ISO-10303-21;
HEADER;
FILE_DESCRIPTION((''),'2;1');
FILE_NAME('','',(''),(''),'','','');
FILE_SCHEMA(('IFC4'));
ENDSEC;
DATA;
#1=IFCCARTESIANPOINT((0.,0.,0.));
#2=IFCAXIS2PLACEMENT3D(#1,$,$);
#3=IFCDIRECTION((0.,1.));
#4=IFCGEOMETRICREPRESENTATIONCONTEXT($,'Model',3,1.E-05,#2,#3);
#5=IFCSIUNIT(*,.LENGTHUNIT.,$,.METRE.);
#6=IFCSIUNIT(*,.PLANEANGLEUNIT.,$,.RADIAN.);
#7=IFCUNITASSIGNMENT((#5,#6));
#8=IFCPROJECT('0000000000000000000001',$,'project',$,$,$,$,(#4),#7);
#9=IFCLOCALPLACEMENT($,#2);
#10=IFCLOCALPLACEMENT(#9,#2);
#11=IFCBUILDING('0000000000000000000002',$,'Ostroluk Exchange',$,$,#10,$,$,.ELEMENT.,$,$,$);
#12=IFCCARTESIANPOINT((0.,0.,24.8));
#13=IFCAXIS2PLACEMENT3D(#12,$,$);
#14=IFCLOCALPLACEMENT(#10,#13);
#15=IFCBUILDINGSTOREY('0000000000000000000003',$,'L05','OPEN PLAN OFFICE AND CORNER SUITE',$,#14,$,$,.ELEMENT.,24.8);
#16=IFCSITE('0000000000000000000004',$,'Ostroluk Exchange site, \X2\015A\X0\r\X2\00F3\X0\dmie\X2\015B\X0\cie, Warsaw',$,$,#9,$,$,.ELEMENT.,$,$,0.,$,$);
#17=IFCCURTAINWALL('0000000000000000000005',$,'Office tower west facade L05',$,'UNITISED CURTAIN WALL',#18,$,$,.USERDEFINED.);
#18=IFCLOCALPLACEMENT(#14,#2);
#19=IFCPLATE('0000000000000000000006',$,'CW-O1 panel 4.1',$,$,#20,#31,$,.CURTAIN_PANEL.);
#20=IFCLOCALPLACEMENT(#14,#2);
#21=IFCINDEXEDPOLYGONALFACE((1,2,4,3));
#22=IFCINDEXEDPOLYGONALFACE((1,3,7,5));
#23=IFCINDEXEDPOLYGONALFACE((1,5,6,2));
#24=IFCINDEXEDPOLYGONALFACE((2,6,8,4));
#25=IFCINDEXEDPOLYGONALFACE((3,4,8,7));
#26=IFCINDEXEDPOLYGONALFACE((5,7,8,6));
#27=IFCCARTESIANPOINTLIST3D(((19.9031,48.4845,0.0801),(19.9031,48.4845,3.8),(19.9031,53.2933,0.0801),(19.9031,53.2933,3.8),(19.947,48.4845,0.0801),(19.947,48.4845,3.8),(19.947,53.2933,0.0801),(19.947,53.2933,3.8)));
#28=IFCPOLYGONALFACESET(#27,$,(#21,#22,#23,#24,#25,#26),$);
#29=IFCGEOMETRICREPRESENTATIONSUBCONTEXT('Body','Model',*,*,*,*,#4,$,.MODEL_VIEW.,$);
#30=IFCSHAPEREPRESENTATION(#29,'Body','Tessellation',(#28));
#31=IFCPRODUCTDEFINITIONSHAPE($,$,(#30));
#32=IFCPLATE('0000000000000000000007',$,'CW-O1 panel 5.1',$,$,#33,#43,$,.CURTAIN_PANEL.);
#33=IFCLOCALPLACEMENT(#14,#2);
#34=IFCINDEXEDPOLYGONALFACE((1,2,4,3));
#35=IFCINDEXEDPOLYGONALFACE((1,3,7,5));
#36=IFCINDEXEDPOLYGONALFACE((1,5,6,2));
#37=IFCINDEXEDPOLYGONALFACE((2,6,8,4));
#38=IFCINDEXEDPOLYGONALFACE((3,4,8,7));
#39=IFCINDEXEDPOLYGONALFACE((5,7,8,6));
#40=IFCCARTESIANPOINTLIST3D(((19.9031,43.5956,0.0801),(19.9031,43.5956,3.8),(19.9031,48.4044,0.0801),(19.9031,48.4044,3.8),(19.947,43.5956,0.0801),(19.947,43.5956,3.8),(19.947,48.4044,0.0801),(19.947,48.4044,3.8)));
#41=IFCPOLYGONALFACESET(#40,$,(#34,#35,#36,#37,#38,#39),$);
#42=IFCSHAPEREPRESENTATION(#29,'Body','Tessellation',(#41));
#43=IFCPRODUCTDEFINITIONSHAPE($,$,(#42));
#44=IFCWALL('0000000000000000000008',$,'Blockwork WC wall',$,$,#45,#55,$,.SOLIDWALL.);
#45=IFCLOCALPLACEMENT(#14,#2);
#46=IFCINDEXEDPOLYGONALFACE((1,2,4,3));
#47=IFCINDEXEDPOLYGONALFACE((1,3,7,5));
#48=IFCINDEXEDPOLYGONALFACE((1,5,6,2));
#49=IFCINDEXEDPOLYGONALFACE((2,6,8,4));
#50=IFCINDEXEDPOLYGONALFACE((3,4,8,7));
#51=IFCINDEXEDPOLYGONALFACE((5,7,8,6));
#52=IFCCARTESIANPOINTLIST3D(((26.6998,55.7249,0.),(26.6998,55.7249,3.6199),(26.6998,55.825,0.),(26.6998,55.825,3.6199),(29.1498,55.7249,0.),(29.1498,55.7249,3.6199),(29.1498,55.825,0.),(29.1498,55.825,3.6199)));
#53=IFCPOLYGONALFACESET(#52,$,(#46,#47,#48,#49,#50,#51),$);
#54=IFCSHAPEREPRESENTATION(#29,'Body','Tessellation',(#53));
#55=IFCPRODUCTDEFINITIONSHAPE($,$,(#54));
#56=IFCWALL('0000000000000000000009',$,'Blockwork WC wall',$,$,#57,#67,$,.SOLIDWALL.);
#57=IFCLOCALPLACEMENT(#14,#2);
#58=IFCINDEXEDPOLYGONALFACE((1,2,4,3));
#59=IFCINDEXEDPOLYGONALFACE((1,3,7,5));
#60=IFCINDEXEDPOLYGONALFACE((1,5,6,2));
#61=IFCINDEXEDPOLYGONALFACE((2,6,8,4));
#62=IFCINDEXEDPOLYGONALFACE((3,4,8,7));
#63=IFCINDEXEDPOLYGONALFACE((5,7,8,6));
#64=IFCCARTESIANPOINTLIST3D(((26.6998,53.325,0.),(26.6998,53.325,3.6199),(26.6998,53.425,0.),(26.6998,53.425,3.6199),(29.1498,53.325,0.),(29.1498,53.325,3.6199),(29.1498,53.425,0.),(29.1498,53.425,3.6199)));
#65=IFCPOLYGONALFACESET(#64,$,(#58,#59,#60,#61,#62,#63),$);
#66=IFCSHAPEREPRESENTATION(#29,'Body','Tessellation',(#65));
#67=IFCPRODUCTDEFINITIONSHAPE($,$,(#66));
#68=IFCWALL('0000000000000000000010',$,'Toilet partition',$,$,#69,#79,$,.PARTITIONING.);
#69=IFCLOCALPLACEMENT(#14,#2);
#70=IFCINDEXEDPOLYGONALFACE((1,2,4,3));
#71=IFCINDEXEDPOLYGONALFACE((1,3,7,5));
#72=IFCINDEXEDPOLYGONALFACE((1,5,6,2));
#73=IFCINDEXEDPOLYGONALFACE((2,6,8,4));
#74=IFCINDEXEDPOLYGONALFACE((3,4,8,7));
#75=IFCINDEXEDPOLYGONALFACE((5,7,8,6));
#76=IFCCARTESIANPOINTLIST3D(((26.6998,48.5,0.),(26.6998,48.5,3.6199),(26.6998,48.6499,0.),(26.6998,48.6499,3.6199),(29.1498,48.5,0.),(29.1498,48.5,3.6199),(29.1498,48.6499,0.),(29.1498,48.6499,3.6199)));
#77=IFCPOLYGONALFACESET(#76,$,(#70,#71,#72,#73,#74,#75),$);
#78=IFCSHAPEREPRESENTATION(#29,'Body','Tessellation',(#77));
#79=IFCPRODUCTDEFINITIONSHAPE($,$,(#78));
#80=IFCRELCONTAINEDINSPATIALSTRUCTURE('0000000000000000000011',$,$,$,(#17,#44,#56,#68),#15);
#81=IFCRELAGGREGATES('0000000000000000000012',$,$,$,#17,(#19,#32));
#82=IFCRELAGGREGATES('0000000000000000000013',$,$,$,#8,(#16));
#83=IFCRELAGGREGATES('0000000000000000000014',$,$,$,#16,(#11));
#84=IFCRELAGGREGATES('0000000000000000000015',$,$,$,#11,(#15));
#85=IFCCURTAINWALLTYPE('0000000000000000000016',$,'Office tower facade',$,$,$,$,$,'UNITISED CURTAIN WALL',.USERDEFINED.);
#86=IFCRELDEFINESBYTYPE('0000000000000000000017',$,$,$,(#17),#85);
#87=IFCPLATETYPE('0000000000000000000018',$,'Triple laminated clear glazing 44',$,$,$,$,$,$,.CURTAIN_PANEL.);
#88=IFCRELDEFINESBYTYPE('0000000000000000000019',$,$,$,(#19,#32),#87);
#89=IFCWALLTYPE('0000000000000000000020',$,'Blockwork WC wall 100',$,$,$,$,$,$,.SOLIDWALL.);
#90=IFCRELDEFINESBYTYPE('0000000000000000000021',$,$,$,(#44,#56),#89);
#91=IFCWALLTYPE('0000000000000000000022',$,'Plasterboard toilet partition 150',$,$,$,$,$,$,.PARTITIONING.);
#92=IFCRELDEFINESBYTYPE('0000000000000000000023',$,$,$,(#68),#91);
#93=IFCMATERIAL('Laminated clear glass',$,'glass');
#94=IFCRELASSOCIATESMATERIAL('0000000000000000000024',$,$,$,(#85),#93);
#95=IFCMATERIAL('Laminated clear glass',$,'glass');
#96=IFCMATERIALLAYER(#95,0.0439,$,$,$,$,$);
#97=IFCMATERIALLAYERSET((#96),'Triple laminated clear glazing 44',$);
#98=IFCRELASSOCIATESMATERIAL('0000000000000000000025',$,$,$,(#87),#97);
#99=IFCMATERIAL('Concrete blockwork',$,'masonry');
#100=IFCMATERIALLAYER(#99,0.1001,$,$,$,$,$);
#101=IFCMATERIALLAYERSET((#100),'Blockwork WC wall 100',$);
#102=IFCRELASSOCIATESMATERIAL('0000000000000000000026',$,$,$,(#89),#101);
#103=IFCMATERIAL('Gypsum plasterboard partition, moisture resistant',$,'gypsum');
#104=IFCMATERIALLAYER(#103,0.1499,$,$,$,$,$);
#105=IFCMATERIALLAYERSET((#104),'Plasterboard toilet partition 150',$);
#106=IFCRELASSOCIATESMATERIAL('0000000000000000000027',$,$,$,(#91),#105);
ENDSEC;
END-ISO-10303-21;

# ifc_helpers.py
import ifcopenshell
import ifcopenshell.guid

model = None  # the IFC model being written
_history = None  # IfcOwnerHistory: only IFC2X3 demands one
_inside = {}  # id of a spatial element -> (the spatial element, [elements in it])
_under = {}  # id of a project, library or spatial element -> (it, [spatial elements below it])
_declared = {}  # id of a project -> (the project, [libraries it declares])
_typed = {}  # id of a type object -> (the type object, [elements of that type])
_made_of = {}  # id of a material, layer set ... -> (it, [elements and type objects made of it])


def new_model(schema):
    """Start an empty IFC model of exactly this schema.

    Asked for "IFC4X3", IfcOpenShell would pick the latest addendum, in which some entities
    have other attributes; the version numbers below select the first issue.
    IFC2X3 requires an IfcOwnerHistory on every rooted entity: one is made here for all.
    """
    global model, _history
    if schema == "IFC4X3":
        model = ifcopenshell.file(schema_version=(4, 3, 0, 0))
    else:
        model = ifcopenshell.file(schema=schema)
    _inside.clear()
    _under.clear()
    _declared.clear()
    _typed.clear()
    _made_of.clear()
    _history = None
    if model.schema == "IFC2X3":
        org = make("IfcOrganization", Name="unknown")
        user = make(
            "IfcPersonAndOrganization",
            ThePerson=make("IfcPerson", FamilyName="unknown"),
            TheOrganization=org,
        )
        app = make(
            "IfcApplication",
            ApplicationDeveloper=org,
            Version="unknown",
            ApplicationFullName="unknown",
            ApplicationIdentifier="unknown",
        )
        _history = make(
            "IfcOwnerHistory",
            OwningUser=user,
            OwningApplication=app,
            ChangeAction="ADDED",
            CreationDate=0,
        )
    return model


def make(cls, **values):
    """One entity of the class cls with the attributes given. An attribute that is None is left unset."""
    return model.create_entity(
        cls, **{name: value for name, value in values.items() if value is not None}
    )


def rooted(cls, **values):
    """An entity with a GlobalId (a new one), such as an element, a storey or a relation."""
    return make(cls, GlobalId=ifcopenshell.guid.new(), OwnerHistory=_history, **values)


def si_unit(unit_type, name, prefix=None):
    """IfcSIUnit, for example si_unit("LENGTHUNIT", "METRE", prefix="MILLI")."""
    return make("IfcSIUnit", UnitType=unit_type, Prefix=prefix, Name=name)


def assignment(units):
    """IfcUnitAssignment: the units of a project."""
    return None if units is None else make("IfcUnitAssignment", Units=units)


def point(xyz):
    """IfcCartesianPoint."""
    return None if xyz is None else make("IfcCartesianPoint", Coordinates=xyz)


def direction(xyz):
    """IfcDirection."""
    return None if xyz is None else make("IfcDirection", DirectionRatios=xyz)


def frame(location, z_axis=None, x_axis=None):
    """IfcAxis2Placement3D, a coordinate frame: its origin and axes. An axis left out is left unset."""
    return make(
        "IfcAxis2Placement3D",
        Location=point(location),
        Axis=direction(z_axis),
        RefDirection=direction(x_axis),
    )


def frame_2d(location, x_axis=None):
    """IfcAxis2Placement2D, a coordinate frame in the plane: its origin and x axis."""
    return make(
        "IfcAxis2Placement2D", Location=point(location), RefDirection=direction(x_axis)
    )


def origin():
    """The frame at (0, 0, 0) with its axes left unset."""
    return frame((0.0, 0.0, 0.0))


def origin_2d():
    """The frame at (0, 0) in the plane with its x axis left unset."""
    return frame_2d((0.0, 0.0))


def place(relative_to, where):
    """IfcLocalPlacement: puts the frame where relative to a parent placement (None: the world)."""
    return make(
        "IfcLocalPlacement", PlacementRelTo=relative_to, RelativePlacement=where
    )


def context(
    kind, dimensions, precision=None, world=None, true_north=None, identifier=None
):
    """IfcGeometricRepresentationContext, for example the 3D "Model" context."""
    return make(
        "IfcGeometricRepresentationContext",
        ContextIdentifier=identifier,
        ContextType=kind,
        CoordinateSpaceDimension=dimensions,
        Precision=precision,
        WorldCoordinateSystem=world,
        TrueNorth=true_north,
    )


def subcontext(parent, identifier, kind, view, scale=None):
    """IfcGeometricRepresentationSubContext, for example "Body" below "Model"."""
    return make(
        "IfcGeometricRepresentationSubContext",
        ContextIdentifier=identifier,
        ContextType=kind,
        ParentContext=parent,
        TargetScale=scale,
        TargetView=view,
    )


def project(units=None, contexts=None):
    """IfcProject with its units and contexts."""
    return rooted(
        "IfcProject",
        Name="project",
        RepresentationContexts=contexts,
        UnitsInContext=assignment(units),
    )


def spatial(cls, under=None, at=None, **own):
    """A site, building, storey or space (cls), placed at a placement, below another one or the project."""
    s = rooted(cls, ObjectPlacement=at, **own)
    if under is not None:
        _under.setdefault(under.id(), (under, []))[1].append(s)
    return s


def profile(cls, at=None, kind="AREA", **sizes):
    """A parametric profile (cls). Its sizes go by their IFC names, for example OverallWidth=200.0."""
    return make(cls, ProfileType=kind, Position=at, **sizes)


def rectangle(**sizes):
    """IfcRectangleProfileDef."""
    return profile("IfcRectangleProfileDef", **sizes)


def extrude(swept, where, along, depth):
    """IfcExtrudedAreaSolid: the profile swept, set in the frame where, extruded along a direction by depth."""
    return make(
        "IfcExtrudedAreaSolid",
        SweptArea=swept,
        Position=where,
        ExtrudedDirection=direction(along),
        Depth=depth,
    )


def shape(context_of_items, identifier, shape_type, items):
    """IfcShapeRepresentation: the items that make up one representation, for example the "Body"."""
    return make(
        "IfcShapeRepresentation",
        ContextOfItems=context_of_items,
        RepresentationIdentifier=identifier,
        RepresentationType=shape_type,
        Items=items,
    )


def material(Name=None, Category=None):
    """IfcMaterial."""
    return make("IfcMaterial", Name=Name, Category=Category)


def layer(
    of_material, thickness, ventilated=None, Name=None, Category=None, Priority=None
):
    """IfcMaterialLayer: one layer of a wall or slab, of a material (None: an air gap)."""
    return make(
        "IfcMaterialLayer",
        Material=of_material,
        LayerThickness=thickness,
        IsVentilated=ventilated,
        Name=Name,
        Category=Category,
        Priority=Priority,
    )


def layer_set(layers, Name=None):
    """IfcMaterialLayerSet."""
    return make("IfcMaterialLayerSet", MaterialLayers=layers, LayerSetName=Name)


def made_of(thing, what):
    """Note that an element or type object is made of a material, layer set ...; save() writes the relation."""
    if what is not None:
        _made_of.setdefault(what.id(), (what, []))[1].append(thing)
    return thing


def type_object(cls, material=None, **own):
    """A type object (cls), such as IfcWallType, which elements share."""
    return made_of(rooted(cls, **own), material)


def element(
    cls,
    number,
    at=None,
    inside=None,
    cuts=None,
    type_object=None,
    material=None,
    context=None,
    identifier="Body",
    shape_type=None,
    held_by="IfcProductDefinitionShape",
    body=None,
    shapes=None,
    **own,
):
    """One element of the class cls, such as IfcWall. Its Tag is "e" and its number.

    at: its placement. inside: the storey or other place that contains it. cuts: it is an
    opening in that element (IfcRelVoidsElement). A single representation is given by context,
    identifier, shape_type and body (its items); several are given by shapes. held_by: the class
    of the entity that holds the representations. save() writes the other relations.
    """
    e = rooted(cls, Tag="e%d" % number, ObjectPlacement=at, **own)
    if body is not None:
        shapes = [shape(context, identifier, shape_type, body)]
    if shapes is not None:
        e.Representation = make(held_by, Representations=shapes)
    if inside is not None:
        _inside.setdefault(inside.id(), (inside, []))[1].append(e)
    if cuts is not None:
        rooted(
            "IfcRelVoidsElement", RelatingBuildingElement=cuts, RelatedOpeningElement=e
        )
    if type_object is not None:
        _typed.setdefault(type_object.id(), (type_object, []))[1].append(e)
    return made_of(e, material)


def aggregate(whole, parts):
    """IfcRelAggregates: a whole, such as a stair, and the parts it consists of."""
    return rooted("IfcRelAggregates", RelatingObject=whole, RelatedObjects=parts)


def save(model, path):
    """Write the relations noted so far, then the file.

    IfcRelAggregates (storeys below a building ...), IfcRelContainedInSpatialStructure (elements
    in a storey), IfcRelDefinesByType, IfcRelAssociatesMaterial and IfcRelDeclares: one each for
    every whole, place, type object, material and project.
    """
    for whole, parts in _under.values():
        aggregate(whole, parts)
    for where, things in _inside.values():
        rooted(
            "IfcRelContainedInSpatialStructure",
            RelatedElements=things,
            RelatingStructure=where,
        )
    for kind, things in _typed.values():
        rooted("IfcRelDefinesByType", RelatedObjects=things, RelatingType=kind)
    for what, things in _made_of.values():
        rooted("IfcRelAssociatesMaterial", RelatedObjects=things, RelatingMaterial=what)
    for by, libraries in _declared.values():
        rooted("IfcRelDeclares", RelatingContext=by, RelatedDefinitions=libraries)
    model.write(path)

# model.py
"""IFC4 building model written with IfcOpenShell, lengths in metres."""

from ifc_helpers import new_model, si_unit, direction, frame, frame_2d, origin, origin_2d, place, context, subcontext, project, spatial, rectangle, extrude, material, layer, layer_set, type_object, element, aggregate, save


model = new_model("IFC4")

# Units and contexts
model_context = context("Model", 3, precision=1e-05, world=origin(), true_north=direction((0.0, 1.0)))
body_context = subcontext(model_context, "Body", "Model", "MODEL_VIEW")
ifc_project = project(units=[si_unit("LENGTHUNIT", "METRE"), si_unit("PLANEANGLEUNIT", "RADIAN")], contexts=[model_context])

# Site, building, storey
site_placement = place(None, origin())
site = spatial("IfcSite", under=ifc_project, at=site_placement, Name="Ostroluk Exchange site, Śródmieście, Warsaw", CompositionType="ELEMENT", RefElevation=0.0)
building_placement = place(site_placement, origin())
building = spatial("IfcBuilding", under=site, at=building_placement, Name="Ostroluk Exchange", CompositionType="ELEMENT")
storey_placement = place(building_placement, frame((0.0, 0.0, 24.8)))
storey = spatial("IfcBuildingStorey", under=building, at=storey_placement, Name="L05", Description="OPEN PLAN OFFICE AND CORNER SUITE", CompositionType="ELEMENT", Elevation=24.8)

# Curtain wall, plates
ifc_material_1 = material(Name="Laminated clear glass", Category="glass")
curtain_wall_type = type_object("IfcCurtainWallType", Name="Office tower facade", ElementType="UNITISED CURTAIN WALL", PredefinedType="USERDEFINED", material=ifc_material_1)
curtain_wall_placement = place(storey_placement, origin())
curtain_wall = element("IfcCurtainWall", 1, at=curtain_wall_placement, inside=storey, type_object=curtain_wall_type, Name="Office tower west facade L05", ObjectType="UNITISED CURTAIN WALL", PredefinedType="USERDEFINED")
ifc_material_2 = material(Name="Laminated clear glass", Category="glass")
ifc_layer_1 = layer(ifc_material_2, 0.0439)
ifc_layer_set_1 = layer_set([ifc_layer_1], Name="Triple laminated clear glazing 44")
plate_type = type_object("IfcPlateType", Name="Triple laminated clear glazing 44", PredefinedType="CURTAIN_PANEL", material=ifc_layer_set_1)
plate_1_placement = place(storey_placement, frame((19.925, 50.8889, 0.0801), z_axis=(0.0, 0.0, 1.0), x_axis=(0.0, -1.0, 0.0)))
plate_1 = element("IfcPlate", 2, at=plate_1_placement, type_object=plate_type, Name="CW-O1 panel 4.1", PredefinedType="CURTAIN_PANEL", context=body_context, shape_type="SweptSolid", body=[
    extrude(rectangle(XDim=4.8088, YDim=0.0439, at=origin_2d()), origin(), (0.0, 0.0, 1.0), 3.72),
])
plate_2_placement = place(storey_placement, frame((19.925, 46.0, 0.0801), z_axis=(0.0, 0.0, 1.0), x_axis=(0.0, -1.0, 0.0)))
plate_2 = element("IfcPlate", 3, at=plate_2_placement, type_object=plate_type, Name="CW-O1 panel 5.1", PredefinedType="CURTAIN_PANEL", context=body_context, shape_type="SweptSolid", body=[
    extrude(rectangle(XDim=4.8088, YDim=0.0439, at=origin_2d()), origin(), (0.0, 0.0, 1.0), 3.72),
])
aggregate(curtain_wall, [plate_1, plate_2])

# Walls
ifc_material_3 = material(Name="Concrete blockwork", Category="masonry")
ifc_layer_2 = layer(ifc_material_3, 0.1001)
ifc_layer_set_2 = layer_set([ifc_layer_2], Name="Blockwork WC wall 100")
wall_type_1 = type_object("IfcWallType", Name="Blockwork WC wall 100", PredefinedType="SOLIDWALL", material=ifc_layer_set_2)
for number, where, z_axis, x_axis, name in (
    (4, (29.1499, 55.7749, 0.0), (0.0, 0.0, 1.0), (-1.0, 0.0, 0.0), "Blockwork WC wall"),
    (5, (29.1499, 53.375, 0.0), (0.0, 0.0, 1.0), (-1.0, 0.0, 0.0), "Blockwork WC wall"),
):
    element("IfcWall", number, at=place(storey_placement, frame(where, z_axis=z_axis, x_axis=x_axis)), inside=storey, type_object=wall_type_1, Name=name, PredefinedType="SOLIDWALL", context=body_context, shape_type="SweptSolid", body=[
        extrude(rectangle(XDim=2.45, YDim=0.1001, at=frame_2d((1.2251, 0.0))), origin(), (0.0, 0.0, 1.0), 3.6199),
    ])
ifc_material_4 = material(Name="Gypsum plasterboard partition, moisture resistant", Category="gypsum")
ifc_layer_3 = layer(ifc_material_4, 0.1499)
ifc_layer_set_3 = layer_set([ifc_layer_3], Name="Plasterboard toilet partition 150")
wall_type_2 = type_object("IfcWallType", Name="Plasterboard toilet partition 150", PredefinedType="PARTITIONING", material=ifc_layer_set_3)
wall_placement = place(storey_placement, frame((29.1499, 48.575, 0.0), z_axis=(0.0, 0.0, 1.0), x_axis=(-1.0, 0.0, 0.0)))
element("IfcWall", 6, at=wall_placement, inside=storey, type_object=wall_type_2, Name="Toilet partition", PredefinedType="PARTITIONING", context=body_context, shape_type="SweptSolid", body=[
    extrude(rectangle(XDim=2.45, YDim=0.1499, at=frame_2d((1.2251, 0.0))), origin(), (0.0, 0.0, 1.0), 3.6199),
])

save(model, "model.ifc")
